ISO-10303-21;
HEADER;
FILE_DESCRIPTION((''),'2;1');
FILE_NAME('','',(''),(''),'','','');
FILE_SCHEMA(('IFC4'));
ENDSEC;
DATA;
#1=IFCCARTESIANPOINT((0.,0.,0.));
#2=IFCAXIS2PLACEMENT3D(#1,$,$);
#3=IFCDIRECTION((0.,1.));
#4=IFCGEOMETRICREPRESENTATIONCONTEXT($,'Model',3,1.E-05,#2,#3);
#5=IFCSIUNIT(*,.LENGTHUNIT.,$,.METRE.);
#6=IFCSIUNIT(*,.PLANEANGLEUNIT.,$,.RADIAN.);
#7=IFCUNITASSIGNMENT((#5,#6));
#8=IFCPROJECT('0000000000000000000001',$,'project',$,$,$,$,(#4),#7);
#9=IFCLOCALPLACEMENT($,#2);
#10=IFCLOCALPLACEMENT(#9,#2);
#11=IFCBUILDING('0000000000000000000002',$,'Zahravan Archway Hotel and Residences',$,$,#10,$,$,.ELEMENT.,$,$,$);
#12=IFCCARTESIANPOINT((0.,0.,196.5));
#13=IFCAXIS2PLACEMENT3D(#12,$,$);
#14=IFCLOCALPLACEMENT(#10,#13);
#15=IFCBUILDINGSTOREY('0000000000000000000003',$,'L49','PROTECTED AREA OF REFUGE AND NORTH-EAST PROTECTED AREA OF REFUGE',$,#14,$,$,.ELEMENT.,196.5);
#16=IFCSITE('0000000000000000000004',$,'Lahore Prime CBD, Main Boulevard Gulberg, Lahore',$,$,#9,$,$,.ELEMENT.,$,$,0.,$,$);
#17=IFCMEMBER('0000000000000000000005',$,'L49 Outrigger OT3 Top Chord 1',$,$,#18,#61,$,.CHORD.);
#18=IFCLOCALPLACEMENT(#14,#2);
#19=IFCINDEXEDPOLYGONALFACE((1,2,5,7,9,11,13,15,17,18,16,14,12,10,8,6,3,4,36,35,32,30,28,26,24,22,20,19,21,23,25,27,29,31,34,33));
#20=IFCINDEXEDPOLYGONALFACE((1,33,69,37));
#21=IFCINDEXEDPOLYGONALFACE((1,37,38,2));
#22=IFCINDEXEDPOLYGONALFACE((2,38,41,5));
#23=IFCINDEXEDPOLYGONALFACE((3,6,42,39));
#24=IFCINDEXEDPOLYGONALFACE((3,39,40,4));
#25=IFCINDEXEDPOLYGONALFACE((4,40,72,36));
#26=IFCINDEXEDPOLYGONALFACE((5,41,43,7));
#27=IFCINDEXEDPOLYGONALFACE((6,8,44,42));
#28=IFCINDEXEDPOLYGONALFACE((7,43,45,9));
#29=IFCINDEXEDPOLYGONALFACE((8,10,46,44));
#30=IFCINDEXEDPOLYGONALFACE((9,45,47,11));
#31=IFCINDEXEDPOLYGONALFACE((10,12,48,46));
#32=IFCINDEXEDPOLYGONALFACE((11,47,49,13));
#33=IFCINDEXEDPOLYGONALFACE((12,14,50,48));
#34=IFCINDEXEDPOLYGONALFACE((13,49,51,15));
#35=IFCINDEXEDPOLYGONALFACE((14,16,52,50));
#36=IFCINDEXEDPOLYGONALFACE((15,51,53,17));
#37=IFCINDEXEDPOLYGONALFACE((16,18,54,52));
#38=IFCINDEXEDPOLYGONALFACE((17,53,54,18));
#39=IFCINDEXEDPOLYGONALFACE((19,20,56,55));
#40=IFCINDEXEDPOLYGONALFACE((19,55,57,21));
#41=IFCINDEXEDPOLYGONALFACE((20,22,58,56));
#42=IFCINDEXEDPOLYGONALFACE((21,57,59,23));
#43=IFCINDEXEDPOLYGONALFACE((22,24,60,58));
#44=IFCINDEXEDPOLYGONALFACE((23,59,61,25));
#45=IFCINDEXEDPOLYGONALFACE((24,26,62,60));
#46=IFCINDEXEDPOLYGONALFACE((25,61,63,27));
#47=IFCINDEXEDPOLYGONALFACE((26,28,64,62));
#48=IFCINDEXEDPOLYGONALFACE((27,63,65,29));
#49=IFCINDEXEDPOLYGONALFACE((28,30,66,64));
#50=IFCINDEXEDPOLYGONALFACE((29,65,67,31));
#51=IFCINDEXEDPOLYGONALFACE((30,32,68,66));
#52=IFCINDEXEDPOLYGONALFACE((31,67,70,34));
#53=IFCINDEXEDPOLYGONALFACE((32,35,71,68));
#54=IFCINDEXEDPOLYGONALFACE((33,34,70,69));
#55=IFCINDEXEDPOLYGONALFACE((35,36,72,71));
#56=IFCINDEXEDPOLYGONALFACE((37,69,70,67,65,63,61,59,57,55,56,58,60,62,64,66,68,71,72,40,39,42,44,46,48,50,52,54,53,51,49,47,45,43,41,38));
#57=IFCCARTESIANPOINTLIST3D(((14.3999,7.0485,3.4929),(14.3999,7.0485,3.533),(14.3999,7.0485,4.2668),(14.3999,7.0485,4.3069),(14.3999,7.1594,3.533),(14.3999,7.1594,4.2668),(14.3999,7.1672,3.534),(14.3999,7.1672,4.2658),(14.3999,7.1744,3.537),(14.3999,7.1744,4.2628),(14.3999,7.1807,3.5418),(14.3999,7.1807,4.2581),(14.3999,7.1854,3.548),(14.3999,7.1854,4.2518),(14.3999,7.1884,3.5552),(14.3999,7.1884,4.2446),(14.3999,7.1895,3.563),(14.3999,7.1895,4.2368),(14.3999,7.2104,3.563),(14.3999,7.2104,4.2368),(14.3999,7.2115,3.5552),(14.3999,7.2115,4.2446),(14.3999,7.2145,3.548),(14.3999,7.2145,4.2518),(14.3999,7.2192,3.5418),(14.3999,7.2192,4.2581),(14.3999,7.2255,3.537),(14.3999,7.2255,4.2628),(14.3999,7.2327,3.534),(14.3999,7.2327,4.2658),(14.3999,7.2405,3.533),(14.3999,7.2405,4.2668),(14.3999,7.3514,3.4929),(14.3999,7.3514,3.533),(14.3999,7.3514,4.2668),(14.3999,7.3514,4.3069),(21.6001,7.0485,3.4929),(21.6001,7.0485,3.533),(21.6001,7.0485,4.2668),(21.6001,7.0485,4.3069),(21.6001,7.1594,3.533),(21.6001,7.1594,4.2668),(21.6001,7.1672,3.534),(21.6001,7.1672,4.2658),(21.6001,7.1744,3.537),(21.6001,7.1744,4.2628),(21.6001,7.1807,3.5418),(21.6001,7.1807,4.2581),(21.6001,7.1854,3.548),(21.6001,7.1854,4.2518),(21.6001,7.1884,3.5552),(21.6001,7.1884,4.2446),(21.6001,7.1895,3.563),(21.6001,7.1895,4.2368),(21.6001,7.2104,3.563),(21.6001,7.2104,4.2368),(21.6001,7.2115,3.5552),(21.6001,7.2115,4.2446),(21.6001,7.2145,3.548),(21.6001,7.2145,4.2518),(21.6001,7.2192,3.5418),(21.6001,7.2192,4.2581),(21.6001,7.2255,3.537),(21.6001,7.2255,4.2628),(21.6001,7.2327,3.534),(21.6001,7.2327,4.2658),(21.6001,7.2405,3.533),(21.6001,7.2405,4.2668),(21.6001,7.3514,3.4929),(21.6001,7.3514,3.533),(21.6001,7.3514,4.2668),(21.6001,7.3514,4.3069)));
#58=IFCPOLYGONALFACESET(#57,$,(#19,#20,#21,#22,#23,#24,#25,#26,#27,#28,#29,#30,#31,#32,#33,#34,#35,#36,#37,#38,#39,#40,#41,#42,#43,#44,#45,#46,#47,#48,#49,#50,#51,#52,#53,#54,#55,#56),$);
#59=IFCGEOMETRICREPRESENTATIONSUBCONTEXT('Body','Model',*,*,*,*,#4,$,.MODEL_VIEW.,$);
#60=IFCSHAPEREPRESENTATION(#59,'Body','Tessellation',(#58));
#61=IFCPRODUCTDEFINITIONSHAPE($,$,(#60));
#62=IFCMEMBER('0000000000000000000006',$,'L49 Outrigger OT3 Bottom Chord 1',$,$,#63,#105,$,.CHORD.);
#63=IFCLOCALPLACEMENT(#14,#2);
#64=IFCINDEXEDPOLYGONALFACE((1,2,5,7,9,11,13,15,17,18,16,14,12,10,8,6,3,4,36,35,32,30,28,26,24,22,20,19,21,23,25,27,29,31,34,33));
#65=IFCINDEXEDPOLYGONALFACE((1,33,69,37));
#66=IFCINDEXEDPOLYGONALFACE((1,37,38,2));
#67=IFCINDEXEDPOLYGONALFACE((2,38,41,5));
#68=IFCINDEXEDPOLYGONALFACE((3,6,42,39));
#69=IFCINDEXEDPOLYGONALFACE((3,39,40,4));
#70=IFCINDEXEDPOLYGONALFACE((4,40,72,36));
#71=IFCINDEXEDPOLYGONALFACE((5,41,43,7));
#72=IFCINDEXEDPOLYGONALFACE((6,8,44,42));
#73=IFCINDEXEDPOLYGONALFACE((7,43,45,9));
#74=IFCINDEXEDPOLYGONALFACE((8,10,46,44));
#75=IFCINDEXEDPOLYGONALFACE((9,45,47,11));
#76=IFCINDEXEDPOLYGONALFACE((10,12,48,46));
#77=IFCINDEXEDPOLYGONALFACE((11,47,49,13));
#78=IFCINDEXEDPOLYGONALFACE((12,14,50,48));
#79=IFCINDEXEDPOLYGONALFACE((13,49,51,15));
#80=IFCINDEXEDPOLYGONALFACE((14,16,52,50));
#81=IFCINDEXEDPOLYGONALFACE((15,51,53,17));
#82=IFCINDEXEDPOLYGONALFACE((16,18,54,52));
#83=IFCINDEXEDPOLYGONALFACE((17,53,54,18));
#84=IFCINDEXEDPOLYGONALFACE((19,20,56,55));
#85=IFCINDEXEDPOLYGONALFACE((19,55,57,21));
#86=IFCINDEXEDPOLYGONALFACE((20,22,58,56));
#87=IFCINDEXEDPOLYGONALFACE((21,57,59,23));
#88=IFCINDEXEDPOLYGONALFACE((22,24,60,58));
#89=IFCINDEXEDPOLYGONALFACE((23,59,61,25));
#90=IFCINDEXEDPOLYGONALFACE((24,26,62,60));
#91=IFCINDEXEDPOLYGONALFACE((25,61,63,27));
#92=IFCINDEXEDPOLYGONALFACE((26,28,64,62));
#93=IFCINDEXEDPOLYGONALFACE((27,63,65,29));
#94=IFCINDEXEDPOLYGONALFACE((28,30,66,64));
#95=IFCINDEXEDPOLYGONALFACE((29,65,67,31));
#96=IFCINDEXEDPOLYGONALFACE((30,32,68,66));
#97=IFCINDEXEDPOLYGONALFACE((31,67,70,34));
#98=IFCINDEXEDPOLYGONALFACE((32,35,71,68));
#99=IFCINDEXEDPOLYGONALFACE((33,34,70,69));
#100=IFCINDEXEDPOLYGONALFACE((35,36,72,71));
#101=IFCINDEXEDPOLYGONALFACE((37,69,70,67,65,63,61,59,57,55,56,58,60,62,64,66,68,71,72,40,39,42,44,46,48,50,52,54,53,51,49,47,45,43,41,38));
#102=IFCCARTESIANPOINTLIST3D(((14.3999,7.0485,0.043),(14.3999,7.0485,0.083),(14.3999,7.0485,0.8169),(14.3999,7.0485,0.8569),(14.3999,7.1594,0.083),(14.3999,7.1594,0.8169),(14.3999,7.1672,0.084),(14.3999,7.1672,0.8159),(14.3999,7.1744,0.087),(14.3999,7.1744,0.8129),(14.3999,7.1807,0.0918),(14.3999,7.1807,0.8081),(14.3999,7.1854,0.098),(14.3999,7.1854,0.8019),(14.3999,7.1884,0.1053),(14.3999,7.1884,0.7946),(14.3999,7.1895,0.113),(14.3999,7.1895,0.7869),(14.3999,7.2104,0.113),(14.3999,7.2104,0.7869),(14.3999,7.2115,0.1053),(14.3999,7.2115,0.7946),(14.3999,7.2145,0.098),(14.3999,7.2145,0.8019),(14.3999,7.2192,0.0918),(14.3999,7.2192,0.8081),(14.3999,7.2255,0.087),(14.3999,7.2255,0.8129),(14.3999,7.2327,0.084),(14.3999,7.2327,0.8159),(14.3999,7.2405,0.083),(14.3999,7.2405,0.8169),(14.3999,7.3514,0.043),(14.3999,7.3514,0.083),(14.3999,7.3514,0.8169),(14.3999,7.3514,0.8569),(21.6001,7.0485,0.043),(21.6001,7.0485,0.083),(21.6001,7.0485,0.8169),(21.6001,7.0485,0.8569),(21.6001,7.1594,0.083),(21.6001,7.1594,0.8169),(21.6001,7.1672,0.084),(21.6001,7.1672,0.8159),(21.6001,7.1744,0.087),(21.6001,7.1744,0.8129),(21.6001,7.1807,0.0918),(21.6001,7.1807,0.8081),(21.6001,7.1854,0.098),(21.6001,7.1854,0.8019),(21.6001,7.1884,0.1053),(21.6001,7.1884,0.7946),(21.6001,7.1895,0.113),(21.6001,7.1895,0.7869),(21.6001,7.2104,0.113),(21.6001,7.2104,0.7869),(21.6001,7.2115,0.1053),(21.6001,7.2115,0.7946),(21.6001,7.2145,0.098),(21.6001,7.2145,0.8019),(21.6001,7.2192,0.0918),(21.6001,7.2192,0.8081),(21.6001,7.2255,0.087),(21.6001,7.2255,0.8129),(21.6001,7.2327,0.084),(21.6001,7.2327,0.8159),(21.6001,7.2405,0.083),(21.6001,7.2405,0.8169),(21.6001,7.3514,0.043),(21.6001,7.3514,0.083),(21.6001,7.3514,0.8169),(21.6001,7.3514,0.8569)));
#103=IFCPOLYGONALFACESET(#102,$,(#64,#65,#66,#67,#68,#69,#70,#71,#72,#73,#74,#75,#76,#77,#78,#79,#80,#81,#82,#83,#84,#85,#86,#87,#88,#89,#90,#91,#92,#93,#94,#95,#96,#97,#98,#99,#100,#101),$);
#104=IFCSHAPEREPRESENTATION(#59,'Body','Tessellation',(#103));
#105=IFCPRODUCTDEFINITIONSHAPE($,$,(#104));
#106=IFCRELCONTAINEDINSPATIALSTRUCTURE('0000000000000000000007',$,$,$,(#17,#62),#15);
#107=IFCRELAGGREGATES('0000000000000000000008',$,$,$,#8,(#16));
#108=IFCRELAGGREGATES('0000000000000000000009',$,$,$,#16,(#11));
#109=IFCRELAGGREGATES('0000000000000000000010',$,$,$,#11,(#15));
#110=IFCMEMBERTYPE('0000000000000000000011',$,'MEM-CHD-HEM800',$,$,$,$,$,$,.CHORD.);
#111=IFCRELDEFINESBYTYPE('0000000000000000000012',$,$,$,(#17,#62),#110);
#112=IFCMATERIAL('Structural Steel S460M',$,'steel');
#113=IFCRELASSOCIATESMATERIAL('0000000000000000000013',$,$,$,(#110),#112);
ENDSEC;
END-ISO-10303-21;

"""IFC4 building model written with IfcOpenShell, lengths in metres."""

from ifc_helpers import new_model, si_unit, direction, frame, origin, origin_2d, place, context, subcontext, project, spatial, i_section, extrude, source, transform, mapped, material, material_profile, profile_set, type_object, type_shapes, element, save


model = new_model("IFC4")

# Units and contexts
model_context = context("Model", 3, precision=1e-05, world=origin(), true_north=direction((0.0, 1.0)))
body_context = subcontext(model_context, "Body", "Model", "MODEL_VIEW")
ifc_project = project(units=[si_unit("LENGTHUNIT", "METRE"), si_unit("PLANEANGLEUNIT", "RADIAN")], contexts=[model_context])

# Site, building, storey
site_placement = place(None, origin())
site = spatial("IfcSite", under=ifc_project, at=site_placement, Name="Lahore Prime CBD, Main Boulevard Gulberg, Lahore", CompositionType="ELEMENT", RefElevation=0.0)
building_placement = place(site_placement, origin())
building = spatial("IfcBuilding", under=site, at=building_placement, Name="Zahravan Archway Hotel and Residences", CompositionType="ELEMENT")
storey_placement = place(building_placement, frame((0.0, 0.0, 196.5)))
storey = spatial("IfcBuildingStorey", under=building, at=storey_placement, Name="L49", Description="PROTECTED AREA OF REFUGE AND NORTH-EAST PROTECTED AREA OF REFUGE", CompositionType="ELEMENT", Elevation=196.5)

# Shared definitions
ifc_material_1 = material(Name="Structural Steel S460M", Category="steel")

# Members
ifc_material_profile_1 = material_profile(ifc_material_1, i_section(OverallWidth=0.303, OverallDepth=0.814, WebThickness=0.021, FlangeThickness=0.04, FilletRadius=0.03, at=origin_2d()), Name="HEM 800", Category="steel")
ifc_profile_set_1 = profile_set([ifc_material_profile_1], Name="Structural Steel S460M")
member_type = type_object("IfcMemberType", Name="MEM-CHD-HEM800", PredefinedType="CHORD", material=ifc_profile_set_1)
shared_shape_1 = source(origin(), body_context, "Body", "SweptSolid", [
    extrude(i_section(OverallWidth=0.303, OverallDepth=0.814, WebThickness=0.021, FlangeThickness=0.04, FilletRadius=0.03, at=origin_2d()), origin(), (0.0, 0.0, 1.0), 7.2002),
])
type_shapes(member_type, [shared_shape_1])
for number, where, z_axis, x_axis, name in (
    (1, (14.3999, 7.2, 3.8999), (1.0, 0.0, 0.0), (0.0, 1.0, 0.0), "L49 Outrigger OT3 Top Chord 1"),
    (2, (14.3999, 7.2, 0.45), (1.0, 0.0, 0.0), (0.0, 1.0, 0.0), "L49 Outrigger OT3 Bottom Chord 1"),
):
    element("IfcMember", number, at=place(storey_placement, frame(where, z_axis=z_axis, x_axis=x_axis)), inside=storey, type_object=member_type, Name=name, PredefinedType="CHORD", context=body_context, shape_type="MappedRepresentation", body=[
        mapped(shared_shape_1, transform((0.0, 0.0, 0.0), scale=1.0)),
    ])

save(model, "model.ifc")
